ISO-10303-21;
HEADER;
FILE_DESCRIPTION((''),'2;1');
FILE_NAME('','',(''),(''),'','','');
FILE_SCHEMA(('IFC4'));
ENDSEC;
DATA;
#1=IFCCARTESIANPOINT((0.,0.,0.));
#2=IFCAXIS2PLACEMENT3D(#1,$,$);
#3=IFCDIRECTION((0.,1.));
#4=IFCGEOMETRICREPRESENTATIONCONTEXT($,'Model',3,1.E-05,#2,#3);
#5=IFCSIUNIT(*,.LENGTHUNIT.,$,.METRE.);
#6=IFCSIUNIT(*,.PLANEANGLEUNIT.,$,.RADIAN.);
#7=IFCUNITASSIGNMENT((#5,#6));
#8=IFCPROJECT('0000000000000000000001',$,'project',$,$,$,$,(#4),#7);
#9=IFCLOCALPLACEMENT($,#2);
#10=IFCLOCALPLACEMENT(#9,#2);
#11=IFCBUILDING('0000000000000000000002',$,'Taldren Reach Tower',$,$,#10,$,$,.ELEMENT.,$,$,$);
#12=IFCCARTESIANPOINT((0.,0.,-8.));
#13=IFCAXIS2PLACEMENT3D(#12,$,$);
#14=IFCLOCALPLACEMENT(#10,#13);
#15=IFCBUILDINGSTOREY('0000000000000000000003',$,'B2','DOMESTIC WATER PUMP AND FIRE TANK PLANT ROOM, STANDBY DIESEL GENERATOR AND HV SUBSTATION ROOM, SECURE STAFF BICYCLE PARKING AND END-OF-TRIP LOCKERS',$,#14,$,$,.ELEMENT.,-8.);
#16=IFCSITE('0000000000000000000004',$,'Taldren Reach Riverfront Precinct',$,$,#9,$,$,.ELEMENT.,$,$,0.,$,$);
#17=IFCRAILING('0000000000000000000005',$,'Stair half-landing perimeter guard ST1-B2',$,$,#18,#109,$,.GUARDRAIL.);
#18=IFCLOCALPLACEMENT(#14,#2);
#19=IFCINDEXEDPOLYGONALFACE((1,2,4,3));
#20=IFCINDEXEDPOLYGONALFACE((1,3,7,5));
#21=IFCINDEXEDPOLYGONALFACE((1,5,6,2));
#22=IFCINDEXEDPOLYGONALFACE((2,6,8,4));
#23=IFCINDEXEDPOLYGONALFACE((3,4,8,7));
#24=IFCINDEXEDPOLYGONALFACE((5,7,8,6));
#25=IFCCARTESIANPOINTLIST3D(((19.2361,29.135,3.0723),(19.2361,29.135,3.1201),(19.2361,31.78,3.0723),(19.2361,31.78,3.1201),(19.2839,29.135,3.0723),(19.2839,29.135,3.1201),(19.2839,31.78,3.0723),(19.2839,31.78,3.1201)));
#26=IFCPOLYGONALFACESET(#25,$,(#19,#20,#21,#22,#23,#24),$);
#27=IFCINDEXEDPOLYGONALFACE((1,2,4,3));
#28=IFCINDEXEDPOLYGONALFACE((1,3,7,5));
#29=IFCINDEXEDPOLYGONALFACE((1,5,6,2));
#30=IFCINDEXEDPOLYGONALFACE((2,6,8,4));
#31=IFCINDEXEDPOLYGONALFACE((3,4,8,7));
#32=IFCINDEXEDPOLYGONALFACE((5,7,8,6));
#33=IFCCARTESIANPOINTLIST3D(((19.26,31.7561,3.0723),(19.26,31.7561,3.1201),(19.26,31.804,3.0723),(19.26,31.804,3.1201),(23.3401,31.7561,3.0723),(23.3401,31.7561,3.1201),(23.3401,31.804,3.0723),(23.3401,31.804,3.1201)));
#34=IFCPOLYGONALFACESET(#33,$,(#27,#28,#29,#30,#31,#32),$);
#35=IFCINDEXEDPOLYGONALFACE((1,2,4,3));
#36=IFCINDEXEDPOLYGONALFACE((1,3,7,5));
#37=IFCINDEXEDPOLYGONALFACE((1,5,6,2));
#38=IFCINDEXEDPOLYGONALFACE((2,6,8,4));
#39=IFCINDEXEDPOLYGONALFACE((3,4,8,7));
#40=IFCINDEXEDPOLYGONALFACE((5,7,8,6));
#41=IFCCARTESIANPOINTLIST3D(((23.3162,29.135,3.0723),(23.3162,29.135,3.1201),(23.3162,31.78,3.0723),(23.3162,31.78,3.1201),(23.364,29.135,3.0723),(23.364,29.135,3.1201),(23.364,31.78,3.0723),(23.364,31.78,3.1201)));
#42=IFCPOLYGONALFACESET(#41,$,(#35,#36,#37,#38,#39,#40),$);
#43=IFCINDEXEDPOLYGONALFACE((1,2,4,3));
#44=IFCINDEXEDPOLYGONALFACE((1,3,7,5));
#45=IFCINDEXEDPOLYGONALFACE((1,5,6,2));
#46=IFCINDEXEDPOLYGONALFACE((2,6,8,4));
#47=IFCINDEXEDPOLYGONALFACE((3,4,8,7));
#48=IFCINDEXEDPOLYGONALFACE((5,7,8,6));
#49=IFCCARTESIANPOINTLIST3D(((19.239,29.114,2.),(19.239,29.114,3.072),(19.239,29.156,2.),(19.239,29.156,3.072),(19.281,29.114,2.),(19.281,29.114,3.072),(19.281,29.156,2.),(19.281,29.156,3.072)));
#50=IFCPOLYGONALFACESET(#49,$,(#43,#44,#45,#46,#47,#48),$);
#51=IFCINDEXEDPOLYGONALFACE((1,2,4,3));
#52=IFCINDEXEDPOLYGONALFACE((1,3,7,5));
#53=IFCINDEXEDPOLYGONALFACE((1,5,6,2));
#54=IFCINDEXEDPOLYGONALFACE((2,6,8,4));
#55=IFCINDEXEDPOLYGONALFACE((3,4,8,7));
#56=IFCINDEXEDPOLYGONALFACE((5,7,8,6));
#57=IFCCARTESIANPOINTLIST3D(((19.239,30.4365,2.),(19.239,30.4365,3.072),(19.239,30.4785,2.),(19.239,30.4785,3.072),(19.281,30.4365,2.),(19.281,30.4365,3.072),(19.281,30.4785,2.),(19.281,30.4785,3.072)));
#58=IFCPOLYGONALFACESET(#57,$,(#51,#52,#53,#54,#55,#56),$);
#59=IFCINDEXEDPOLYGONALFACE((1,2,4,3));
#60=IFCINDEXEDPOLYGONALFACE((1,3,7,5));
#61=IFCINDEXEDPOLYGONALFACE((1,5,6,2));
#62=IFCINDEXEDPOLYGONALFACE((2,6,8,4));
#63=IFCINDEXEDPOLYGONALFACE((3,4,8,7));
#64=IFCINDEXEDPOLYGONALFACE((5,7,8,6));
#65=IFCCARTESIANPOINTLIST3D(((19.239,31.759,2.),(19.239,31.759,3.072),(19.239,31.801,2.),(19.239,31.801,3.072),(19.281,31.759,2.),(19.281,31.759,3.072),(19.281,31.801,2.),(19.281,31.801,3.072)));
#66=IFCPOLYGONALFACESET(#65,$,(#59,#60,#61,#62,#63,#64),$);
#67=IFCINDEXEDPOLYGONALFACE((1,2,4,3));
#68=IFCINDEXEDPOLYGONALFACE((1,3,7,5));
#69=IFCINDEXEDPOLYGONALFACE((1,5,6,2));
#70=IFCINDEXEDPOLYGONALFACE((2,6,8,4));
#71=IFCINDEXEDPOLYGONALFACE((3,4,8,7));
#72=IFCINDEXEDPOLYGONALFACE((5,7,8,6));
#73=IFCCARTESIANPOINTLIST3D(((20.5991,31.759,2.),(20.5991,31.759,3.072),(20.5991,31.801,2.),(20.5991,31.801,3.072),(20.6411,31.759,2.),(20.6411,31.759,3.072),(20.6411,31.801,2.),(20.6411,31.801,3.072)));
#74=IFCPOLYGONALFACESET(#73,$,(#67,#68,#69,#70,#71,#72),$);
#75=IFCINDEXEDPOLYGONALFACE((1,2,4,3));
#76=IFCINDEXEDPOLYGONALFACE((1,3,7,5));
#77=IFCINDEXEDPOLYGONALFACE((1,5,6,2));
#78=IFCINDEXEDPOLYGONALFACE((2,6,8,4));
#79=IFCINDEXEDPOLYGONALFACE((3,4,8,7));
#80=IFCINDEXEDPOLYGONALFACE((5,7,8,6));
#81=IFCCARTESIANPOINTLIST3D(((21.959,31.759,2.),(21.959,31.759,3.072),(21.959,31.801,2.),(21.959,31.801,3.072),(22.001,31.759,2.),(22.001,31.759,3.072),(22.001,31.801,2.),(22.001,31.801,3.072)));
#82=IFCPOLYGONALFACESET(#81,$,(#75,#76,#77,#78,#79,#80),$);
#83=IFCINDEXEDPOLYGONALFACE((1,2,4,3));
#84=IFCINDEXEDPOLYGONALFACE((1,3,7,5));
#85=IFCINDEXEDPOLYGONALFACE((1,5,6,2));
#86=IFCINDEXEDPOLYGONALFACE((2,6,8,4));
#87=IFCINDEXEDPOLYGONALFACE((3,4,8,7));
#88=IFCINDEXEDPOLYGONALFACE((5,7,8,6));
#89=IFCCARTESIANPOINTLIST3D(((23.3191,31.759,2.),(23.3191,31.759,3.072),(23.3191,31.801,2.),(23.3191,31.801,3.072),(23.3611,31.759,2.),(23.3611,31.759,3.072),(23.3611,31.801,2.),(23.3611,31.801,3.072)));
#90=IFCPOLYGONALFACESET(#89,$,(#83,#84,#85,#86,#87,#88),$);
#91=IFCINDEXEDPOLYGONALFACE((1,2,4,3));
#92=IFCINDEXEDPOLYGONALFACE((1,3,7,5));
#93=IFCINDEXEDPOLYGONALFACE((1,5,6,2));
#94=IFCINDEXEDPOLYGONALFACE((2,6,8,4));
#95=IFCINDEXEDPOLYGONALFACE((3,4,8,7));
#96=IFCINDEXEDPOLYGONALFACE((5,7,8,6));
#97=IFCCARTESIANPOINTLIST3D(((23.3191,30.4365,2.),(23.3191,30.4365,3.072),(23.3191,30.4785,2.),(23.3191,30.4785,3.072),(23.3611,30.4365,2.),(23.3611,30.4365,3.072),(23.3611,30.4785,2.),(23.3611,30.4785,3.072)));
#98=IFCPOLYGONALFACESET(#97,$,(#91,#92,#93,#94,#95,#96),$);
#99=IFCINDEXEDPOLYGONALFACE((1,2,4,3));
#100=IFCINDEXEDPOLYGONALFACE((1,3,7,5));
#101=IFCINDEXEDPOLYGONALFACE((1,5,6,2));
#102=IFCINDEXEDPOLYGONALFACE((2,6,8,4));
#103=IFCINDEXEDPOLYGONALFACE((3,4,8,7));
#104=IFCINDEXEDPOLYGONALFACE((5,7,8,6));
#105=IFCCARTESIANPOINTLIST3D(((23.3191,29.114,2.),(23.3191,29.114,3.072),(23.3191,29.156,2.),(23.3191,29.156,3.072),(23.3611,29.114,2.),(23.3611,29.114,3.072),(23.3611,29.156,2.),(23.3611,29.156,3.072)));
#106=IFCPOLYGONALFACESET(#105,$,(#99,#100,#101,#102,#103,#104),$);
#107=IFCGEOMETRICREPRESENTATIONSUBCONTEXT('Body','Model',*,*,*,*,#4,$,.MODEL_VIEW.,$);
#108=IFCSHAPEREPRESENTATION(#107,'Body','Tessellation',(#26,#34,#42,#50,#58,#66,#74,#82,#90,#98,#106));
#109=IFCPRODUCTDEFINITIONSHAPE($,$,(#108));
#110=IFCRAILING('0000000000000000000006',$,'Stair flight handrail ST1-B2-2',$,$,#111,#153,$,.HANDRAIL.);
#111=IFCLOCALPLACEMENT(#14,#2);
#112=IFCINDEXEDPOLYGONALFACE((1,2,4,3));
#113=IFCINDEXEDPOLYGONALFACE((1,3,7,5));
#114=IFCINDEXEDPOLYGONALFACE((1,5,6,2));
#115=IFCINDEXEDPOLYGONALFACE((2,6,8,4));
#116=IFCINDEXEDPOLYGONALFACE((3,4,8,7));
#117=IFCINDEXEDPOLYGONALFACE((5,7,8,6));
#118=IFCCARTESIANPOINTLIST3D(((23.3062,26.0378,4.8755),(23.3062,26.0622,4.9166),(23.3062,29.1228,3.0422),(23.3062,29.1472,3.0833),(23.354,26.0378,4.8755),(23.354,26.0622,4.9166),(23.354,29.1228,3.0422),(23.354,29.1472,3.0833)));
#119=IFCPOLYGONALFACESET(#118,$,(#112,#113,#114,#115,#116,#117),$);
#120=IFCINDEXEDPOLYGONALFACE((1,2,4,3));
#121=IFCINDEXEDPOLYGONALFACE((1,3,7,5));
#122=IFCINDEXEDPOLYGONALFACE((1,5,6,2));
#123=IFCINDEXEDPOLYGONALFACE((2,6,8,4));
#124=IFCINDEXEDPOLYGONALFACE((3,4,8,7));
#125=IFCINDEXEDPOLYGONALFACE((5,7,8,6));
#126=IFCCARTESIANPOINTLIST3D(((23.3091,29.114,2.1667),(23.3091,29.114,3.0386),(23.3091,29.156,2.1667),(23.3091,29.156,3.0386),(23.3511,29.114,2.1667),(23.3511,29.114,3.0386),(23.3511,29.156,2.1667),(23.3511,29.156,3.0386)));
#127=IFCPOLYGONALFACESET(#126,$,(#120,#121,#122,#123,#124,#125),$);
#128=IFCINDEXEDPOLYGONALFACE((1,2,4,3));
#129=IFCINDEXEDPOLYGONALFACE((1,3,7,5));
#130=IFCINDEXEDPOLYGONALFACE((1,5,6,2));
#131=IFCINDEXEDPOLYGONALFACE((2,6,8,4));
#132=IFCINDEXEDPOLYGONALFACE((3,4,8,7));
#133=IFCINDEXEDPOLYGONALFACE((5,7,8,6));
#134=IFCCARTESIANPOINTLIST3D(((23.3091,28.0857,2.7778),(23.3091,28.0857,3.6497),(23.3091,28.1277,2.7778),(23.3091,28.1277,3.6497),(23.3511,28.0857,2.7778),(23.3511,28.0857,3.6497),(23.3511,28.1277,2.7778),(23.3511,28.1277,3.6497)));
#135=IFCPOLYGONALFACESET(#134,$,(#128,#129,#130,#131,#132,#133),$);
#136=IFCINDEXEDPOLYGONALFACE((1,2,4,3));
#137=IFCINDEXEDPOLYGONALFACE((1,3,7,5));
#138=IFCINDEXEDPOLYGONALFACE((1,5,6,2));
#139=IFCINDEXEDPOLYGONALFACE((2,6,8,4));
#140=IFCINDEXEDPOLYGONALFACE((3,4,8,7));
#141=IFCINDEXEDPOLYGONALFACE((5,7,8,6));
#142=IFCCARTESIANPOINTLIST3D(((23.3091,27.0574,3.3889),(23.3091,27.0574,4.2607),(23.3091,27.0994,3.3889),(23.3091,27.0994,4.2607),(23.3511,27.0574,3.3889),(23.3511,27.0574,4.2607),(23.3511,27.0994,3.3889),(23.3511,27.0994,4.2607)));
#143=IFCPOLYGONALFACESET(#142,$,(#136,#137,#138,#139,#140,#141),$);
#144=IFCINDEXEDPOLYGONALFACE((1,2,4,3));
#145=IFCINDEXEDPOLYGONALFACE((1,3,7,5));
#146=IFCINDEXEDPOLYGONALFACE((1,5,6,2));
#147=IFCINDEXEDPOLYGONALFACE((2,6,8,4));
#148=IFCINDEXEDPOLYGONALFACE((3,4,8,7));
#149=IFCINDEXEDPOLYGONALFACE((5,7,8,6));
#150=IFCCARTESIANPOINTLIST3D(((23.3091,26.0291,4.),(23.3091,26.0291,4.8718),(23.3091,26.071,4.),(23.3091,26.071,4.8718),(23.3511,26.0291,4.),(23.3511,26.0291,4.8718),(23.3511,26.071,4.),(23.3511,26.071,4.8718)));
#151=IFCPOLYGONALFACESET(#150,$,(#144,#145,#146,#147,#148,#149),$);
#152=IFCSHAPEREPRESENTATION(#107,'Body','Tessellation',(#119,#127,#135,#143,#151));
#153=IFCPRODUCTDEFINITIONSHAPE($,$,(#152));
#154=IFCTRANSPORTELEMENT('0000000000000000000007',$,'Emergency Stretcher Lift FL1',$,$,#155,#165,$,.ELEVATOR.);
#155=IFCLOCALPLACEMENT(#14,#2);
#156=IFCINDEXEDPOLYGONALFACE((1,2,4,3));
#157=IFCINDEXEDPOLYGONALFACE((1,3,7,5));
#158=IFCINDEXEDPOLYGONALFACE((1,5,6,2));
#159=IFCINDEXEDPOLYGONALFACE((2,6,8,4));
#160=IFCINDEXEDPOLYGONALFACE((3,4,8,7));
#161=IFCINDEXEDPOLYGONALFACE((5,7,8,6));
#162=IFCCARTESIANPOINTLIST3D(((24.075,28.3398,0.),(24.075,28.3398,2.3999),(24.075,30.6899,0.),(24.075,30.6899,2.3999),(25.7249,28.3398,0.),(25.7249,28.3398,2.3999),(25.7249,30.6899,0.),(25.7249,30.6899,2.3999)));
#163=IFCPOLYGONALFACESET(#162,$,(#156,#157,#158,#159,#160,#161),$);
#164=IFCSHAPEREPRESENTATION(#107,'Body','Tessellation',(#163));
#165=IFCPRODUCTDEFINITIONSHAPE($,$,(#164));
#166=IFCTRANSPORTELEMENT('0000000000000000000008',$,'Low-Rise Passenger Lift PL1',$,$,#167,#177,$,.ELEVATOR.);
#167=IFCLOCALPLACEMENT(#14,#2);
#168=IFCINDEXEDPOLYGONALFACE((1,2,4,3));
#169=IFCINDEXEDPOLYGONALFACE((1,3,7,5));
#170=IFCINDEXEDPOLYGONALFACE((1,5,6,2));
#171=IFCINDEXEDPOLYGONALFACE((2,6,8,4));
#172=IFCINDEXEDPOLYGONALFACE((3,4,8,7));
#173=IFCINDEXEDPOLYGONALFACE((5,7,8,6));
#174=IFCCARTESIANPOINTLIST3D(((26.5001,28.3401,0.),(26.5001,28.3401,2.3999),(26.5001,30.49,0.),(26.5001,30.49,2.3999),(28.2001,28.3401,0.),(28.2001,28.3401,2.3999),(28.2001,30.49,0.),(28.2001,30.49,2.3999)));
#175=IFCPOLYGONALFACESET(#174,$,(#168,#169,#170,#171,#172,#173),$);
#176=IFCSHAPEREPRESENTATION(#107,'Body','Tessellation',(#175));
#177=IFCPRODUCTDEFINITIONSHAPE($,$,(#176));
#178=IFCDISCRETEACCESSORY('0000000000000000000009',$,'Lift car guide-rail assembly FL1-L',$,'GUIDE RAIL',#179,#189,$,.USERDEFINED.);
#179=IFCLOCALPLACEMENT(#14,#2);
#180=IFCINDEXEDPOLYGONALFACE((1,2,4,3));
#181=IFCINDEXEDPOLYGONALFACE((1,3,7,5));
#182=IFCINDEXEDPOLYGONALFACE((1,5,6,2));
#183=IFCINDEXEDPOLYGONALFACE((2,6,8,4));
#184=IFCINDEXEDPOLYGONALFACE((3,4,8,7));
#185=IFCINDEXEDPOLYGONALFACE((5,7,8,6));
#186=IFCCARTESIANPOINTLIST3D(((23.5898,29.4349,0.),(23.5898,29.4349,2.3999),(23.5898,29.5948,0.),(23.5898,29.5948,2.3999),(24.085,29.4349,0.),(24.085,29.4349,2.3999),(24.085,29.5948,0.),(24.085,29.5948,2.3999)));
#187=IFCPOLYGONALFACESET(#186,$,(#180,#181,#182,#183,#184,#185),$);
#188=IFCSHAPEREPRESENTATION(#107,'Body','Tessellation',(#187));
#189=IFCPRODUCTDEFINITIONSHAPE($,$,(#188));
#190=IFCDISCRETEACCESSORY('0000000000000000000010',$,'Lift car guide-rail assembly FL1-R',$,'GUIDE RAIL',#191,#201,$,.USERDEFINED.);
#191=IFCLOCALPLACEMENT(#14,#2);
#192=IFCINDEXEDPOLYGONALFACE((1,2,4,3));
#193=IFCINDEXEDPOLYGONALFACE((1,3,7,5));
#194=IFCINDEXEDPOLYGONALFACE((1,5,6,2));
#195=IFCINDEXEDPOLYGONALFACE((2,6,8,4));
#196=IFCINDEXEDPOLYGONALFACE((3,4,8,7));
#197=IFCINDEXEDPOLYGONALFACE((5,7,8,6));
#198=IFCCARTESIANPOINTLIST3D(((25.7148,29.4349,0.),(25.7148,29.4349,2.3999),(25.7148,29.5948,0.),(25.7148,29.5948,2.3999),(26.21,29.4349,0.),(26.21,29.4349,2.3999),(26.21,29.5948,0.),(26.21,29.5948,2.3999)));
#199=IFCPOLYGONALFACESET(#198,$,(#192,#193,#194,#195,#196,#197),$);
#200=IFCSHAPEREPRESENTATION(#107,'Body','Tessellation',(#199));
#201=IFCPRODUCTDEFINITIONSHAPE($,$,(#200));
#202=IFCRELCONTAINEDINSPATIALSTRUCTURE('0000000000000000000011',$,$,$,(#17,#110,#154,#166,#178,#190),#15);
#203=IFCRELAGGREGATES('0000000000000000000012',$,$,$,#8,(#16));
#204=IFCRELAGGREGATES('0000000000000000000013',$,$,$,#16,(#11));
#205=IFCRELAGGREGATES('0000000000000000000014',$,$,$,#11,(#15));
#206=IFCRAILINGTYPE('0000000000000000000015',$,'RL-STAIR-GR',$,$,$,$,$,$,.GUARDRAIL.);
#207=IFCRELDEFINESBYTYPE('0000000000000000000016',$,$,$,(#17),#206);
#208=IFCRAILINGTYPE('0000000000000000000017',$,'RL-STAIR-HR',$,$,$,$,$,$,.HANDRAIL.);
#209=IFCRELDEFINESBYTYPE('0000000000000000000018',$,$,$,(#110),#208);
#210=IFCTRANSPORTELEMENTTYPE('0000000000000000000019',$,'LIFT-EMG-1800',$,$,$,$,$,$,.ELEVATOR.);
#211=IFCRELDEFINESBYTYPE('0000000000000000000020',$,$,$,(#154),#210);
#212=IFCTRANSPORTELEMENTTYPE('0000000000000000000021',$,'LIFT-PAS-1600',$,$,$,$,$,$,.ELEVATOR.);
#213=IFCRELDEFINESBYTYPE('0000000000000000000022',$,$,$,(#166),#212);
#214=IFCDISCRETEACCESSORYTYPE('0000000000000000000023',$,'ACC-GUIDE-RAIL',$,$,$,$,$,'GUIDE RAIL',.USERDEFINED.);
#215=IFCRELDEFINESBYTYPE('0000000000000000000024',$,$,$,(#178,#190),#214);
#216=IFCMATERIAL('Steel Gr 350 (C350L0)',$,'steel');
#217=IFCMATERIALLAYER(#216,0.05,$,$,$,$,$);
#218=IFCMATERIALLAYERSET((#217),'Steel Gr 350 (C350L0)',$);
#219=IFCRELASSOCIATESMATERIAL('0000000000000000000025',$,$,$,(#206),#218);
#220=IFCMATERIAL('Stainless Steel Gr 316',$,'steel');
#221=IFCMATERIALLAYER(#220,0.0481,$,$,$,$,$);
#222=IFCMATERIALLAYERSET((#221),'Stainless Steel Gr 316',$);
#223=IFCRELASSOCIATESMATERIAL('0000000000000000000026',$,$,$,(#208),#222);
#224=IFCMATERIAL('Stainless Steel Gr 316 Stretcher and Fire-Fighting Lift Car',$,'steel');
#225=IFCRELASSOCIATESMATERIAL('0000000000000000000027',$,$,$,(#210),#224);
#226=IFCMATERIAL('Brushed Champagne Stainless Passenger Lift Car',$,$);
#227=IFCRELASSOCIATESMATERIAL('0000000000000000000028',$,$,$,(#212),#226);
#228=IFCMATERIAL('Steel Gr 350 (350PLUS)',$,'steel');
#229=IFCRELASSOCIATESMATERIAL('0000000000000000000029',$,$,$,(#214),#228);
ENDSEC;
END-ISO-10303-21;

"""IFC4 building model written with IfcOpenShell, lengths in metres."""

from ifc_helpers import new_model, si_unit, direction, frame, origin, origin_2d, place, context, subcontext, project, spatial, rectangle, extrude, source, transform, mapped, material, layer, layer_set, type_object, element, save


model = new_model("IFC4")

# Units and contexts
model_context = context("Model", 3, precision=1e-05, world=origin(), true_north=direction((0.0, 1.0)))
body_context = subcontext(model_context, "Body", "Model", "MODEL_VIEW")
ifc_project = project(units=[si_unit("LENGTHUNIT", "METRE"), si_unit("PLANEANGLEUNIT", "RADIAN")], contexts=[model_context])

# Site, building, storey
site_placement = place(None, origin())
site = spatial("IfcSite", under=ifc_project, at=site_placement, Name="Taldren Reach Riverfront Precinct", CompositionType="ELEMENT", RefElevation=0.0)
building_placement = place(site_placement, origin())
building = spatial("IfcBuilding", under=site, at=building_placement, Name="Taldren Reach Tower", CompositionType="ELEMENT")
storey_placement = place(building_placement, frame((0.0, 0.0, -8.0)))
storey = spatial("IfcBuildingStorey", under=building, at=storey_placement, Name="B2", Description="DOMESTIC WATER PUMP AND FIRE TANK PLANT ROOM, STANDBY DIESEL GENERATOR AND HV SUBSTATION ROOM, SECURE STAFF BICYCLE PARKING AND END-OF-TRIP LOCKERS", CompositionType="ELEMENT", Elevation=-8.0)

# Shared definitions
ifc_material_1 = material(Name="Steel Gr 350 (350PLUS)", Category="steel")

# Railings
ifc_material_2 = material(Name="Steel Gr 350 (C350L0)", Category="steel")
ifc_layer_1 = layer(ifc_material_2, 0.05)
ifc_layer_set_1 = layer_set([ifc_layer_1], Name="Steel Gr 350 (C350L0)")
railing_type_1 = type_object("IfcRailingType", Name="RL-STAIR-GR", PredefinedType="GUARDRAIL", material=ifc_layer_set_1)
railing_1_placement = place(storey_placement, frame((19.26, 29.135, 2.0)))
element("IfcRailing", 1, at=railing_1_placement, inside=storey, type_object=railing_type_1, Name="Stair half-landing perimeter guard ST1-B2", PredefinedType="GUARDRAIL", context=body_context, shape_type="SweptSolid", body=[
    extrude(rectangle(XDim=0.0479, YDim=0.0479, at=origin_2d()), frame((0.0, 0.0, 1.0962), z_axis=(0.0, 1.0, 0.0), x_axis=(-1.0, 0.0, 0.0)), (0.0, 0.0, 1.0), 2.645),
    extrude(rectangle(XDim=0.0479, YDim=0.0479, at=origin_2d()), frame((0.0, 2.645, 1.0962), z_axis=(1.0, 0.0, 0.0), x_axis=(0.0, 1.0, 0.0)), (0.0, 0.0, 1.0), 4.0801),
    extrude(rectangle(XDim=0.0479, YDim=0.0479, at=origin_2d()), frame((4.0801, 2.645, 1.0962), z_axis=(0.0, -1.0, 0.0), x_axis=(1.0, 0.0, 0.0)), (0.0, 0.0, 1.0), 2.645),
    extrude(rectangle(XDim=0.042, YDim=0.042, at=origin_2d()), origin(), (0.0, 0.0, 1.0), 1.072),
    extrude(rectangle(XDim=0.042, YDim=0.042, at=origin_2d()), frame((0.0, 1.3225, 0.0)), (0.0, 0.0, 1.0), 1.072),
    extrude(rectangle(XDim=0.042, YDim=0.042, at=origin_2d()), frame((0.0, 2.645, 0.0)), (0.0, 0.0, 1.0), 1.072),
    extrude(rectangle(XDim=0.042, YDim=0.042, at=origin_2d()), frame((1.3601, 2.645, 0.0)), (0.0, 0.0, 1.0), 1.072),
    extrude(rectangle(XDim=0.042, YDim=0.042, at=origin_2d()), frame((2.72, 2.645, 0.0)), (0.0, 0.0, 1.0), 1.072),
    extrude(rectangle(XDim=0.042, YDim=0.042, at=origin_2d()), frame((4.0801, 2.645, 0.0)), (0.0, 0.0, 1.0), 1.072),
    extrude(rectangle(XDim=0.042, YDim=0.042, at=origin_2d()), frame((4.0801, 1.3225, 0.0)), (0.0, 0.0, 1.0), 1.072),
    extrude(rectangle(XDim=0.042, YDim=0.042, at=origin_2d()), frame((4.0801, 0.0, 0.0)), (0.0, 0.0, 1.0), 1.072),
])
ifc_material_3 = material(Name="Stainless Steel Gr 316", Category="steel")
ifc_layer_2 = layer(ifc_material_3, 0.0481)
ifc_layer_set_2 = layer_set([ifc_layer_2], Name="Stainless Steel Gr 316")
railing_type_2 = type_object("IfcRailingType", Name="RL-STAIR-HR", PredefinedType="HANDRAIL", material=ifc_layer_set_2)
railing_2_placement = place(storey_placement, frame((23.3301, 29.135, 2.1667)))
element("IfcRailing", 2, at=railing_2_placement, inside=storey, type_object=railing_type_2, Name="Stair flight handrail ST1-B2-2", PredefinedType="HANDRAIL", context=body_context, shape_type="SweptSolid", body=[
    extrude(rectangle(XDim=0.0479, YDim=0.0479, at=origin_2d()), frame((0.0, 0.0, 0.896), z_axis=(0.0, -0.859664, 0.510859), x_axis=(1.0, 0.0, 0.0)), (0.0, 0.0, 1.0), 3.5886),
    extrude(rectangle(XDim=0.042, YDim=0.042, at=origin_2d()), origin(), (0.0, 0.0, 1.0), 0.8718),
    extrude(rectangle(XDim=0.042, YDim=0.042, at=origin_2d()), frame((0.0, -1.0283, 0.6111)), (0.0, 0.0, 1.0), 0.8718),
    extrude(rectangle(XDim=0.042, YDim=0.042, at=origin_2d()), frame((0.0, -2.0566, 1.2222)), (0.0, 0.0, 1.0), 0.8718),
    extrude(rectangle(XDim=0.042, YDim=0.042, at=origin_2d()), frame((0.0, -3.085, 1.8333)), (0.0, 0.0, 1.0), 0.8718),
])

# Transport elements
ifc_material_4 = material(Name="Stainless Steel Gr 316 Stretcher and Fire-Fighting Lift Car", Category="steel")
transport_element_type_1 = type_object("IfcTransportElementType", Name="LIFT-EMG-1800", PredefinedType="ELEVATOR", material=ifc_material_4)
shared_shape_1 = source(origin(), body_context, "Body", "SweptSolid", [
    extrude(rectangle(XDim=1.6499, YDim=2.3501, at=origin_2d()), origin(), (0.0, 0.0, 1.0), 2.3999),
])
transport_element_1_placement = place(storey_placement, frame((24.8999, 29.5149, 0.0), z_axis=(0.0, 0.0, 1.0), x_axis=(1.0, 0.0, 0.0)))
element("IfcTransportElement", 3, at=transport_element_1_placement, inside=storey, type_object=transport_element_type_1, Name="Emergency Stretcher Lift FL1", PredefinedType="ELEVATOR", context=body_context, shape_type="MappedRepresentation", body=[
    mapped(shared_shape_1, transform((0.0, 0.0, 0.0), scale=1.0)),
])
ifc_material_5 = material(Name="Brushed Champagne Stainless Passenger Lift Car")
transport_element_type_2 = type_object("IfcTransportElementType", Name="LIFT-PAS-1600", PredefinedType="ELEVATOR", material=ifc_material_5)
shared_shape_2 = source(origin(), body_context, "Body", "SweptSolid", [
    extrude(rectangle(XDim=1.7, YDim=2.1499, at=origin_2d()), origin(), (0.0, 0.0, 1.0), 2.3999),
])
transport_element_2_placement = place(storey_placement, frame((27.3501, 29.415, 0.0), z_axis=(0.0, 0.0, 1.0), x_axis=(1.0, 0.0, 0.0)))
element("IfcTransportElement", 4, at=transport_element_2_placement, inside=storey, type_object=transport_element_type_2, Name="Low-Rise Passenger Lift PL1", PredefinedType="ELEVATOR", context=body_context, shape_type="MappedRepresentation", body=[
    mapped(shared_shape_2, transform((0.0, 0.0, 0.0), scale=1.0)),
])

# Discrete accessories
discrete_accessory_type = type_object("IfcDiscreteAccessoryType", Name="ACC-GUIDE-RAIL", ElementType="GUIDE RAIL", PredefinedType="USERDEFINED", material=ifc_material_1)
shared_shape_3 = source(origin(), body_context, "Body", "SweptSolid", [
    extrude(rectangle(XDim=0.4951, YDim=0.1599, at=origin_2d()), origin(), (0.0, 0.0, 1.0), 2.3999),
])
for number, where, z_axis, x_axis, name in (
    (5, (23.8374, 29.5149, 0.0), (0.0, 0.0, 1.0), (1.0, 0.0, 0.0), "Lift car guide-rail assembly FL1-L"),
    (6, (25.9624, 29.5149, 0.0), (0.0, 0.0, 1.0), (1.0, 0.0, 0.0), "Lift car guide-rail assembly FL1-R"),
):
    element("IfcDiscreteAccessory", number, at=place(storey_placement, frame(where, z_axis=z_axis, x_axis=x_axis)), inside=storey, type_object=discrete_accessory_type, Name=name, ObjectType="GUIDE RAIL", PredefinedType="USERDEFINED", context=body_context, shape_type="MappedRepresentation", body=[
        mapped(shared_shape_3, transform((0.0, 0.0, 0.0), scale=1.0)),
    ])

save(model, "model.ifc")
